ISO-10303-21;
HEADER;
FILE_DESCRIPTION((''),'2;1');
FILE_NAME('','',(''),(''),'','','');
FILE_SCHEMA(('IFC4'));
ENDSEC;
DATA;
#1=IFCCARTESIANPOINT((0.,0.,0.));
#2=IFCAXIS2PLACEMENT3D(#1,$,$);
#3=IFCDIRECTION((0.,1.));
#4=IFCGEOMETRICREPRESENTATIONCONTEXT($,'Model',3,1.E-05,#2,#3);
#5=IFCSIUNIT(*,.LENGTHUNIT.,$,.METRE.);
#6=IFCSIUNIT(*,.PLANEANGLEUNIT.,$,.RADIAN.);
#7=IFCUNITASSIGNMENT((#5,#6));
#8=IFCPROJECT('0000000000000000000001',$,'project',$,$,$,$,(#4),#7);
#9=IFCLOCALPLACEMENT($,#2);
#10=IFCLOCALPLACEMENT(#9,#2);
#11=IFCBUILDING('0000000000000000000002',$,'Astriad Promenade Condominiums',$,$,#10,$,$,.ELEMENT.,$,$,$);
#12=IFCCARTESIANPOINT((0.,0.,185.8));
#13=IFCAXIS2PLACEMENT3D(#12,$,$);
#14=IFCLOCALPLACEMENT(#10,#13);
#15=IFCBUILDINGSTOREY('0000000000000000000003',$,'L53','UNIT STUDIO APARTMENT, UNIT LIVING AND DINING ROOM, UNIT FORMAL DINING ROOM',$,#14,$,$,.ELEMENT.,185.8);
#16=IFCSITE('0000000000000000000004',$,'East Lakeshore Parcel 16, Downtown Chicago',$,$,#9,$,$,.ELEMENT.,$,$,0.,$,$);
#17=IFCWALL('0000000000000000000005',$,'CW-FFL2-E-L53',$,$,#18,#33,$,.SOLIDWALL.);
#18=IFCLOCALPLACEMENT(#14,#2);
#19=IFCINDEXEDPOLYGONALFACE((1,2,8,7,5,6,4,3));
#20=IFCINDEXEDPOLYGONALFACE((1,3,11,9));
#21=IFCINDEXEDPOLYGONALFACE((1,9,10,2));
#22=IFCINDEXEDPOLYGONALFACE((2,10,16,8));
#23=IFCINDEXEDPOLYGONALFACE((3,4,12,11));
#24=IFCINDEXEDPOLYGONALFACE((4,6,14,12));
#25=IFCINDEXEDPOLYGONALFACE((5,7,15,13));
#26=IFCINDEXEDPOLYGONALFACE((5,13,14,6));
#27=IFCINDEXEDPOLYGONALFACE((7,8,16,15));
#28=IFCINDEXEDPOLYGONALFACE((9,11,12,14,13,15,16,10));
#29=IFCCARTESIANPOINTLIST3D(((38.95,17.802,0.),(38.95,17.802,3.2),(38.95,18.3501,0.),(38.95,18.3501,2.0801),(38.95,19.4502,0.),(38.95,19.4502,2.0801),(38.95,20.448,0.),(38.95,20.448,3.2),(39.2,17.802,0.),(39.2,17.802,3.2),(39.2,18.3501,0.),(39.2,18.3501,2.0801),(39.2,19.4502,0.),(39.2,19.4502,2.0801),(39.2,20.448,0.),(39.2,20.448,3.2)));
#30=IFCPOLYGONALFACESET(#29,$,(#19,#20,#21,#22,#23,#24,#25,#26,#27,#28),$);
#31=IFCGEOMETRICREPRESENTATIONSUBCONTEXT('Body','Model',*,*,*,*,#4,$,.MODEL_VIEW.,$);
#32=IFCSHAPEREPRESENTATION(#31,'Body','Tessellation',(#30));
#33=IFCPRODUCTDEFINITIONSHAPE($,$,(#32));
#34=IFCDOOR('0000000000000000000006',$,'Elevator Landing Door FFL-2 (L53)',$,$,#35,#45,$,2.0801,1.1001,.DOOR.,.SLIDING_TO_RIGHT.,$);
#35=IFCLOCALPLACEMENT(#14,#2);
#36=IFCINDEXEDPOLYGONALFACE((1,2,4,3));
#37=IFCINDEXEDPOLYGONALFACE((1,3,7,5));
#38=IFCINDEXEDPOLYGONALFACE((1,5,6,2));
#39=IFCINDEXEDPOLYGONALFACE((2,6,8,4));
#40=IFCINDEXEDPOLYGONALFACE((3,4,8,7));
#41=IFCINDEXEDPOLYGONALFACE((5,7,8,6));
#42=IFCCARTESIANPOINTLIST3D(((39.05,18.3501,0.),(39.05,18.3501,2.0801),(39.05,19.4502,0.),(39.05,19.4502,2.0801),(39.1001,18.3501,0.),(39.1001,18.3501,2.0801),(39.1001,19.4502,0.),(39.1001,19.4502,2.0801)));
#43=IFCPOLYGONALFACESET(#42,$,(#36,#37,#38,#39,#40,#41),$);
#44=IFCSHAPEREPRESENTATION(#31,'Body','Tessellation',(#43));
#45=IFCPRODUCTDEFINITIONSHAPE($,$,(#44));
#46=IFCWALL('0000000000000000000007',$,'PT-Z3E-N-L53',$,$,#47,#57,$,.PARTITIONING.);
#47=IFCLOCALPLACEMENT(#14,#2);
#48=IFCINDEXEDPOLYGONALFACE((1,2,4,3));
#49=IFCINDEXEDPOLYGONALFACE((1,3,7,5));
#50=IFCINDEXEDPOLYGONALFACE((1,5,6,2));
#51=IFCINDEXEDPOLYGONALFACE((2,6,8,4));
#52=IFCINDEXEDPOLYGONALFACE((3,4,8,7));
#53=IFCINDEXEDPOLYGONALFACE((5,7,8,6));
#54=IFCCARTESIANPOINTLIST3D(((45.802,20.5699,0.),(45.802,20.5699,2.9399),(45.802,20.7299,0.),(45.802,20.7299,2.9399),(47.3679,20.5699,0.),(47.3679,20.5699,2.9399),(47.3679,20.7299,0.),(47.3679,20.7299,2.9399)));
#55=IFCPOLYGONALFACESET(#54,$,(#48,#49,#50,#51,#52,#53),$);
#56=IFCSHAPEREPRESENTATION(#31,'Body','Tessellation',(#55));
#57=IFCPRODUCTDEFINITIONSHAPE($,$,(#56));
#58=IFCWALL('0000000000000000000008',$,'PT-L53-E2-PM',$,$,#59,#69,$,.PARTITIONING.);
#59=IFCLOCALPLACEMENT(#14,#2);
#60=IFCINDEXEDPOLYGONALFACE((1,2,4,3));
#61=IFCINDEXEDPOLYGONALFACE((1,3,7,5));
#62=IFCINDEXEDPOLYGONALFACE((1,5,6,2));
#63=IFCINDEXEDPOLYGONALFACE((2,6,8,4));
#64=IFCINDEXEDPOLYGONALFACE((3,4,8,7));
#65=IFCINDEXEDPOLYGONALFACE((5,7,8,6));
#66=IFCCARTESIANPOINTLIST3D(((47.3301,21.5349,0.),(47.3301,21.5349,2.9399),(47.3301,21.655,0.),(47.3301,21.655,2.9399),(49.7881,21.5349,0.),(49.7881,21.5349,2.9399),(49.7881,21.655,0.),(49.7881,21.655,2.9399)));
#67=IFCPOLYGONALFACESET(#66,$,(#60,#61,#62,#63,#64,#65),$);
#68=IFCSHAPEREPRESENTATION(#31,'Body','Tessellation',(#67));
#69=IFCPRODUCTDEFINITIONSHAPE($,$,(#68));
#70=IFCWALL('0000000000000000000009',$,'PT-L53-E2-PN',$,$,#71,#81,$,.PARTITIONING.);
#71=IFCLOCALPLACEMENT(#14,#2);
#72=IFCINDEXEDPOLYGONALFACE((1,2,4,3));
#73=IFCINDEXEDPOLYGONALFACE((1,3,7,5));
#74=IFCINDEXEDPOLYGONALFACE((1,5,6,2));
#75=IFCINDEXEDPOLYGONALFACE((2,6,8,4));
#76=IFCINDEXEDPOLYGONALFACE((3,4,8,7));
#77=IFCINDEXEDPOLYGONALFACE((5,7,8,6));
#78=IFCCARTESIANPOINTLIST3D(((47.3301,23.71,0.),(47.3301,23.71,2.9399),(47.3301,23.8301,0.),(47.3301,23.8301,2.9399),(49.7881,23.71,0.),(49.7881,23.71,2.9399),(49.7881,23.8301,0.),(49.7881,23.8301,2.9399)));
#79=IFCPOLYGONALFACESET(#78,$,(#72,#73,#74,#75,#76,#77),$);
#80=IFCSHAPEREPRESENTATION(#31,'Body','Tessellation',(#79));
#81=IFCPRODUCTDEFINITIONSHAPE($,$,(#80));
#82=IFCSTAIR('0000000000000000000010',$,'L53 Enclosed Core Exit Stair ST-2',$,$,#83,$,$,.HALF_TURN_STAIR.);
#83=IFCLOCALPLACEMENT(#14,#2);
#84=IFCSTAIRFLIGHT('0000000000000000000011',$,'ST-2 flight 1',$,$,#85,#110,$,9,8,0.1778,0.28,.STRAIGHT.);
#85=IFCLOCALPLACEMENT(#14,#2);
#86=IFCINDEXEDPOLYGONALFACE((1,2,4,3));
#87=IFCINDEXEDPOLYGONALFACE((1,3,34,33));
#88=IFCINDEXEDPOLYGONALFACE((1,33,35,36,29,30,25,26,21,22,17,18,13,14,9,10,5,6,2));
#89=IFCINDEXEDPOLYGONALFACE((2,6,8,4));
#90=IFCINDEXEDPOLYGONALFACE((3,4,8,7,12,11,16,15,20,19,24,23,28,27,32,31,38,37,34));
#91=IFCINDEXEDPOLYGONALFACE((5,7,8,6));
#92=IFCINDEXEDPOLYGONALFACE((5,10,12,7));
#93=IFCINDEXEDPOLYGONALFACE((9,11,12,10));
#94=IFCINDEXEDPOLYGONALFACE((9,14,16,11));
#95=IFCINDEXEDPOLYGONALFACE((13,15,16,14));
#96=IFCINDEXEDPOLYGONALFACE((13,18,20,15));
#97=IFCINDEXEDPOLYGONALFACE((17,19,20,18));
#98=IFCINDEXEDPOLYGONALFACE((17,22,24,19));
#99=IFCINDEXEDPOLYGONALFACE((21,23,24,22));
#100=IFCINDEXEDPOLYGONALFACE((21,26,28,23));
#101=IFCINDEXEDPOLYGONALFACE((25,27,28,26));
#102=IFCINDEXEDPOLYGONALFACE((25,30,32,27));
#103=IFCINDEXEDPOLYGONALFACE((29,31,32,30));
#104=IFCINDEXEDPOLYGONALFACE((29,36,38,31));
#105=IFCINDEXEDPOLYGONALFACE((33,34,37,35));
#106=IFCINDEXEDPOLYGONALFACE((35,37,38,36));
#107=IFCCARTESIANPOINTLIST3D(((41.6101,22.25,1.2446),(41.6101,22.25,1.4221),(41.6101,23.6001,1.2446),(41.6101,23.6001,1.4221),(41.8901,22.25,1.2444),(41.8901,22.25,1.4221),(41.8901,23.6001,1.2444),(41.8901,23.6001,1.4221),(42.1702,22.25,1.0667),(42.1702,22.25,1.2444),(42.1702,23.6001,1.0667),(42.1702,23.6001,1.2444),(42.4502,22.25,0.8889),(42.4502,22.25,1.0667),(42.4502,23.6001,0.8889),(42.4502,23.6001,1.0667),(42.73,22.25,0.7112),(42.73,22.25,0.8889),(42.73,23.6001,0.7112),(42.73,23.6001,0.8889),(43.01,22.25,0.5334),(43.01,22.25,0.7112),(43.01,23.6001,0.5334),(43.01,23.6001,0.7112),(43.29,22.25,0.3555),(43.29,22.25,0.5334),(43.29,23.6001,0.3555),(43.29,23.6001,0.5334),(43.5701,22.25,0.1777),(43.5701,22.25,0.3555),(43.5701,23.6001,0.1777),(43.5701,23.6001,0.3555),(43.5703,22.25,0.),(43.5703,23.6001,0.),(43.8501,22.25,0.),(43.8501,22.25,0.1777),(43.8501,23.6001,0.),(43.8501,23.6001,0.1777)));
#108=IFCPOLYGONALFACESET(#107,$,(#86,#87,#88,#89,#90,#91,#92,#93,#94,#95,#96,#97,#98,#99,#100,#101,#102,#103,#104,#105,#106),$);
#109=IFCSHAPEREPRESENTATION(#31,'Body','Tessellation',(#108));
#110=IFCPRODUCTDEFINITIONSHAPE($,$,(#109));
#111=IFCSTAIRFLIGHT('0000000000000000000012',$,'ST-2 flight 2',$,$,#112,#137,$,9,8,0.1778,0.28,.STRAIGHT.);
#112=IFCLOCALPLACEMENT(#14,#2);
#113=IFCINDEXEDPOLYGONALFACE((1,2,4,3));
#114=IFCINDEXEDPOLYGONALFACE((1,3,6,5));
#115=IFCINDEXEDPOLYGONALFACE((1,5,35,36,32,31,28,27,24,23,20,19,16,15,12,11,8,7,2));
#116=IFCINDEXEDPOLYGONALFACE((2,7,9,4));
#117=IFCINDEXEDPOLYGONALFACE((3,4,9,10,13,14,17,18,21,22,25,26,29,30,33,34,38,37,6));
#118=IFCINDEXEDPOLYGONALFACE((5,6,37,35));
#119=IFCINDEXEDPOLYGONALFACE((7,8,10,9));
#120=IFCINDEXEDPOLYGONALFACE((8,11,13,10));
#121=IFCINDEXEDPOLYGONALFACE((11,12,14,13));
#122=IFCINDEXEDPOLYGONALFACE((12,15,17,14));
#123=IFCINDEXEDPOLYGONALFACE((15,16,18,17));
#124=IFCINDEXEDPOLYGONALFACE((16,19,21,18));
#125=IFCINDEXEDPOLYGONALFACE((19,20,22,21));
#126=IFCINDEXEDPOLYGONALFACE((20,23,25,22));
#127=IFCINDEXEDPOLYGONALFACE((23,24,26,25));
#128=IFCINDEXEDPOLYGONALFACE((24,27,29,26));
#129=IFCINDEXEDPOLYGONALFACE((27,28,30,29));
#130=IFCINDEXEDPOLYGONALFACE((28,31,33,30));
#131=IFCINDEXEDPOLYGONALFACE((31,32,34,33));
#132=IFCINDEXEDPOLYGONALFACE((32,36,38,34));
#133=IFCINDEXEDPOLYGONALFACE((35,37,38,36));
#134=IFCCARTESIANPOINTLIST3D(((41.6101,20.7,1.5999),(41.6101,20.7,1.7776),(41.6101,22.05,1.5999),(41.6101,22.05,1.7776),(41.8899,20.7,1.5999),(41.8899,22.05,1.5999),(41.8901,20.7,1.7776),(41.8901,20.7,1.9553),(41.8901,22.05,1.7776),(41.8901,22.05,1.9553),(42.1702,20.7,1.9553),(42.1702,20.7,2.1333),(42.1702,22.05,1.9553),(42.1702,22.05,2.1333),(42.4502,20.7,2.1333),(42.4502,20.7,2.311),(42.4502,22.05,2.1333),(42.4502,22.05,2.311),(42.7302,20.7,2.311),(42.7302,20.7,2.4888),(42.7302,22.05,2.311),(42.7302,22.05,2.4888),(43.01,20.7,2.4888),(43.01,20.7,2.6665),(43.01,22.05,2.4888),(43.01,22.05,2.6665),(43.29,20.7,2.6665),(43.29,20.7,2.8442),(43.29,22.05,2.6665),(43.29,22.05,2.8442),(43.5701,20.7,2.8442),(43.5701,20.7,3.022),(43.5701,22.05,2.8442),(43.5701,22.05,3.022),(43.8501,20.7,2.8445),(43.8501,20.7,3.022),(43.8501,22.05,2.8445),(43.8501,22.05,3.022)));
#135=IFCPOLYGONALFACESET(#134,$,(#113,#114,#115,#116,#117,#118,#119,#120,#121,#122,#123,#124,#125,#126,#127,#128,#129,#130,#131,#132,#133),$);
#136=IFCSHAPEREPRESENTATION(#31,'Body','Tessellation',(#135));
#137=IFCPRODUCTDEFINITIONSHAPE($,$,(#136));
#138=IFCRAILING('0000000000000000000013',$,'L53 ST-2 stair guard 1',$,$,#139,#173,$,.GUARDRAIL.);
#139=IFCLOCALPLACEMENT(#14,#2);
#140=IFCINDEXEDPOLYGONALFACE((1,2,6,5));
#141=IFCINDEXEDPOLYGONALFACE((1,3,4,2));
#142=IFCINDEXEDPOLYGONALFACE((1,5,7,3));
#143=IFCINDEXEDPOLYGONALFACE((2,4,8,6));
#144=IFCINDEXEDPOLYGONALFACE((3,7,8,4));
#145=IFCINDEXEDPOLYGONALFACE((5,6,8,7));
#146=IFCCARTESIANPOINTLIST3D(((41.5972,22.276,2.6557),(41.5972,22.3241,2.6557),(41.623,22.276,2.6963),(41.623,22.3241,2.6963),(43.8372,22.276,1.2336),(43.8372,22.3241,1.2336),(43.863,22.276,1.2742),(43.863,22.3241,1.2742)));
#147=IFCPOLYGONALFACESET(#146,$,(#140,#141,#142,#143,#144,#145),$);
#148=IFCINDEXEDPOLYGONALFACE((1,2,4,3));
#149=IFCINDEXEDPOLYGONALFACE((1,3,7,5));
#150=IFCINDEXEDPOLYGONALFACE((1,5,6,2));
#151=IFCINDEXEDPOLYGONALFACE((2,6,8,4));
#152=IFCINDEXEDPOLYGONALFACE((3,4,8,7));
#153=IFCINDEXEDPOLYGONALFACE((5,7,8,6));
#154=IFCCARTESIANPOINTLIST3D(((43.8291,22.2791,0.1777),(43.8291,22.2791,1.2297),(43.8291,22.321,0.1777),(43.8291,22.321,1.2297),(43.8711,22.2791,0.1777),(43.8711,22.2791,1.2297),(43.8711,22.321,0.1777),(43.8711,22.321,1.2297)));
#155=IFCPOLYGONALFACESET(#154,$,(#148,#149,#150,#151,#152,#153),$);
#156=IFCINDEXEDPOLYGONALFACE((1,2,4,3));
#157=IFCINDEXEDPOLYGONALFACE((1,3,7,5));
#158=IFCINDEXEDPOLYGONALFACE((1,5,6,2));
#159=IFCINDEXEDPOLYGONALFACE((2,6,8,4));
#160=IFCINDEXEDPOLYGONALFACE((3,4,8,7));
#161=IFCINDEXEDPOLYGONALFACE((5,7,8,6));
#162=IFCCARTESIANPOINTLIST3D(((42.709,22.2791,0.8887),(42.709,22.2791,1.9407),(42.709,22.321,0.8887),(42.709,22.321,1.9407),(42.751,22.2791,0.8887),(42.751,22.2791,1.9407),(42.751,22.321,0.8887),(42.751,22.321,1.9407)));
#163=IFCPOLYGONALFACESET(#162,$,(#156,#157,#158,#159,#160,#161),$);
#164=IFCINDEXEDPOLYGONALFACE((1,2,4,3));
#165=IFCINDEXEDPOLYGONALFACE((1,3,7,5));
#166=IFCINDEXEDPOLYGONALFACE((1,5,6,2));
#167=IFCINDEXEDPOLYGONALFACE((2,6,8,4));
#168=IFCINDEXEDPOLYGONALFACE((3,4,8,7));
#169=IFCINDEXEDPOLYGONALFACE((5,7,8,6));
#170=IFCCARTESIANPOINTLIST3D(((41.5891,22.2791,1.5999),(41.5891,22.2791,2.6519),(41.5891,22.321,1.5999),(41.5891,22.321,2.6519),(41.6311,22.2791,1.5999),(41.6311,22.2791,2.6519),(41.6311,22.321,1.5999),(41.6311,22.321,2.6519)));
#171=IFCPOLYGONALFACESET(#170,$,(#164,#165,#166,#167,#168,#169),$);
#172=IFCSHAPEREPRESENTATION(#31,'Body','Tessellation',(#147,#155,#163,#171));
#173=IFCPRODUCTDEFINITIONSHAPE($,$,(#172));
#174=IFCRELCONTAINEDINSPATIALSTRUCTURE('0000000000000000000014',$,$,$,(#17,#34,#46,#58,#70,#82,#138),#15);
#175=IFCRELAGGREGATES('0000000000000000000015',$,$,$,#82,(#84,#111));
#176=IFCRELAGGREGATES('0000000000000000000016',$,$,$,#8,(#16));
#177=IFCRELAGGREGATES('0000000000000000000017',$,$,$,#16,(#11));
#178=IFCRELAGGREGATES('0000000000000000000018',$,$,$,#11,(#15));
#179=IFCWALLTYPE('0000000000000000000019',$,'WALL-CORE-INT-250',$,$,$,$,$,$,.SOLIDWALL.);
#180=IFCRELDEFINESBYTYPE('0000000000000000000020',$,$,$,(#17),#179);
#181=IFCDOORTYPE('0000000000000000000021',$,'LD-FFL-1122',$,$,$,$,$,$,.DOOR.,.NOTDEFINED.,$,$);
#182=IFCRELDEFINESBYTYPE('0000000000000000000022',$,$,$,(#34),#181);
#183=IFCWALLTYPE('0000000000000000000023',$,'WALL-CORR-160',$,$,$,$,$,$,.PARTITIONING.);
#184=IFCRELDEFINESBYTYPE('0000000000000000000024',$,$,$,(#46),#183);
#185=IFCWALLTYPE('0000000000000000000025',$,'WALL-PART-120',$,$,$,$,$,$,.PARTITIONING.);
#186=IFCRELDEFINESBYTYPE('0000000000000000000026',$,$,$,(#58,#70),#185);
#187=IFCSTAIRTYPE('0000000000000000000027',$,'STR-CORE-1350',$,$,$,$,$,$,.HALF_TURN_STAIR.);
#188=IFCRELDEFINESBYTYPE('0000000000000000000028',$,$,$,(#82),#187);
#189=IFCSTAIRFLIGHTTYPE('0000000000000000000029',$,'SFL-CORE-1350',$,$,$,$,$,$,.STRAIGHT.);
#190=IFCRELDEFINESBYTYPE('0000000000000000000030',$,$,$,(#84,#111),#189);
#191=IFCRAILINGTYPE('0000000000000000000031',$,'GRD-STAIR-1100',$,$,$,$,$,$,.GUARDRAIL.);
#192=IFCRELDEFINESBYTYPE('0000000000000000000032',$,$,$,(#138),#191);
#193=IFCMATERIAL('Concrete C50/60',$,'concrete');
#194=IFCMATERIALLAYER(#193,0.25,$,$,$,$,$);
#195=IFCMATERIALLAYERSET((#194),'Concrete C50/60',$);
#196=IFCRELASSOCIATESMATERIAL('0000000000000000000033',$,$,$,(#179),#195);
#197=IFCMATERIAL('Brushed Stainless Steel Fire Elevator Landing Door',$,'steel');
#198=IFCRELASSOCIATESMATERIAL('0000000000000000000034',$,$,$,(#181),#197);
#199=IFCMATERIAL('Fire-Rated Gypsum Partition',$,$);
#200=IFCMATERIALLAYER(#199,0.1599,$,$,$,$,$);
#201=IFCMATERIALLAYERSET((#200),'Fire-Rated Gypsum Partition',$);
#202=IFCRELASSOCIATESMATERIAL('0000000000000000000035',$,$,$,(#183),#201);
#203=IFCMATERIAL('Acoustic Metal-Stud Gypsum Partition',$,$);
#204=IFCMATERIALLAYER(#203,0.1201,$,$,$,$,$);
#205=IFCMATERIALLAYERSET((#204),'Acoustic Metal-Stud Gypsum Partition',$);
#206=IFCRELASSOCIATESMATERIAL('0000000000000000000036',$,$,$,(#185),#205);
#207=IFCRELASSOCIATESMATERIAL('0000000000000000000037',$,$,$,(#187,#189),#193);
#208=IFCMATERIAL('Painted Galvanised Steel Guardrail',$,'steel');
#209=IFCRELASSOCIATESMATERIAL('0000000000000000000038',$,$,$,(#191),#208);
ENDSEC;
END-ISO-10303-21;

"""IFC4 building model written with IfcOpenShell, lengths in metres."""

from ifc_helpers import new_model, si_unit, direction, frame, frame_2d, origin, origin_2d, place, context, subcontext, project, spatial, polyline, rectangle, outline, extrude, source, transform, mapped, material, layer, layer_set, type_object, type_shapes, element, fill, aggregate, save


model = new_model("IFC4")

# Units and contexts
model_context = context("Model", 3, precision=1e-05, world=origin(), true_north=direction((0.0, 1.0)))
body_context = subcontext(model_context, "Body", "Model", "MODEL_VIEW")
ifc_project = project(units=[si_unit("LENGTHUNIT", "METRE"), si_unit("PLANEANGLEUNIT", "RADIAN")], contexts=[model_context])

# Site, building, storey
site_placement = place(None, origin())
site = spatial("IfcSite", under=ifc_project, at=site_placement, Name="East Lakeshore Parcel 16, Downtown Chicago", CompositionType="ELEMENT", RefElevation=0.0)
building_placement = place(site_placement, origin())
building = spatial("IfcBuilding", under=site, at=building_placement, Name="Astriad Promenade Condominiums", CompositionType="ELEMENT")
storey_placement = place(building_placement, frame((0.0, 0.0, 185.8)))
storey = spatial("IfcBuildingStorey", under=building, at=storey_placement, Name="L53", Description="UNIT STUDIO APARTMENT, UNIT LIVING AND DINING ROOM, UNIT FORMAL DINING ROOM", CompositionType="ELEMENT", Elevation=185.8)

# Shared definitions
ifc_material_1 = material(Name="Concrete C50/60", Category="concrete")
ifc_layer_1 = layer(ifc_material_1, 0.25)
ifc_layer_set_1 = layer_set([ifc_layer_1], Name="Concrete C50/60")
wall_type_1 = type_object("IfcWallType", Name="WALL-CORE-INT-250", PredefinedType="SOLIDWALL", material=ifc_layer_set_1)

# Wall, opening, door
wall_1_placement = place(storey_placement, frame((39.075, 17.802, 0.0), z_axis=(0.0, 0.0, 1.0), x_axis=(0.0, 1.0, 0.0)))
wall_1 = element("IfcWall", 1, at=wall_1_placement, inside=storey, type_object=wall_type_1, Name="CW-FFL2-E-L53", PredefinedType="SOLIDWALL", context=body_context, shape_type="SweptSolid", body=[
    extrude(rectangle(XDim=2.646, YDim=0.25, at=frame_2d((1.323, 0.0))), origin(), (0.0, 0.0, 1.0), 3.2),
])
opening_placement = place(wall_1_placement, frame((0.5481, 0.0, 0.0)))
opening = element("IfcOpeningElement", 2, at=opening_placement, cuts=wall_1, PredefinedType="OPENING", context=body_context, shape_type="SweptSolid", body=[
    extrude(rectangle(XDim=1.1001, YDim=2.0801, at=frame_2d((0.55, 1.04))), frame((0.0, 0.135, 0.0), z_axis=(0.0, -1.0, 0.0), x_axis=(1.0, 0.0, 0.0)), (0.0, 0.0, 1.0), 0.27),
])
ifc_material_2 = material(Name="Brushed Stainless Steel Fire Elevator Landing Door", Category="steel")
door_type = type_object("IfcDoorType", Name="LD-FFL-1122", OperationType="NOTDEFINED", PredefinedType="DOOR", material=ifc_material_2)
shared_shape_1 = source(origin(), body_context, "Body", "SweptSolid", [
    extrude(rectangle(XDim=1.1001, YDim=2.0801, at=frame_2d((0.55, 1.04))), frame((0.0, 0.0249, 0.0), z_axis=(0.0, -1.0, 0.0), x_axis=(1.0, 0.0, 0.0)), (0.0, 0.0, 1.0), 0.05),
])
type_shapes(door_type, [shared_shape_1])
door_placement = place(opening_placement, origin())
door = element("IfcDoor", 3, at=door_placement, inside=storey, type_object=door_type, Name="Elevator Landing Door FFL-2 (L53)", OperationType="SLIDING_TO_RIGHT", OverallHeight=2.0801, OverallWidth=1.1001, PredefinedType="DOOR", context=body_context, shape_type="MappedRepresentation", body=[
    mapped(shared_shape_1, transform((0.0, 0.0, 0.0), scale=1.0)),
])
fill(opening, door)

# Walls
ifc_material_3 = material(Name="Fire-Rated Gypsum Partition")
ifc_layer_2 = layer(ifc_material_3, 0.1599)
ifc_layer_set_2 = layer_set([ifc_layer_2], Name="Fire-Rated Gypsum Partition")
wall_type_2 = type_object("IfcWallType", Name="WALL-CORR-160", PredefinedType="PARTITIONING", material=ifc_layer_set_2)
wall_2_placement = place(storey_placement, frame((45.802, 20.6499, 0.0), z_axis=(0.0, 0.0, 1.0), x_axis=(1.0, 0.0, 0.0)))
element("IfcWall", 4, at=wall_2_placement, inside=storey, type_object=wall_type_2, Name="PT-Z3E-N-L53", PredefinedType="PARTITIONING", context=body_context, shape_type="SweptSolid", body=[
    extrude(rectangle(XDim=1.5659, YDim=0.1599, at=frame_2d((0.783, 0.0))), origin(), (0.0, 0.0, 1.0), 2.9399),
])
ifc_material_4 = material(Name="Acoustic Metal-Stud Gypsum Partition")
ifc_layer_3 = layer(ifc_material_4, 0.1201)
ifc_layer_set_3 = layer_set([ifc_layer_3], Name="Acoustic Metal-Stud Gypsum Partition")
wall_type_3 = type_object("IfcWallType", Name="WALL-PART-120", PredefinedType="PARTITIONING", material=ifc_layer_set_3)
for number, where, z_axis, x_axis, name in (
    (5, (47.3301, 21.595, 0.0), (0.0, 0.0, 1.0), (1.0, 0.0, 0.0), "PT-L53-E2-PM"),
    (6, (47.3301, 23.77, 0.0), (0.0, 0.0, 1.0), (1.0, 0.0, 0.0), "PT-L53-E2-PN"),
):
    element("IfcWall", number, at=place(storey_placement, frame(where, z_axis=z_axis, x_axis=x_axis)), inside=storey, type_object=wall_type_3, Name=name, PredefinedType="PARTITIONING", context=body_context, shape_type="SweptSolid", body=[
        extrude(rectangle(XDim=2.458, YDim=0.1201, at=frame_2d((1.229, 0.0))), origin(), (0.0, 0.0, 1.0), 2.9399),
    ])

# Stair, stair flights
stair_type = type_object("IfcStairType", Name="STR-CORE-1350", PredefinedType="HALF_TURN_STAIR", material=ifc_material_1)
stair_placement = place(storey_placement, origin())
stair = element("IfcStair", 7, at=stair_placement, inside=storey, type_object=stair_type, Name="L53 Enclosed Core Exit Stair ST-2", PredefinedType="HALF_TURN_STAIR")
stair_flight_type = type_object("IfcStairFlightType", Name="SFL-CORE-1350", PredefinedType="STRAIGHT", material=ifc_material_1)
shared_shape_2 = source(origin(), body_context, "Body", "SweptSolid", [
    extrude(outline(polyline([(0.0, 0.0), (0.0, 0.1777), (0.28, 0.1777), (0.28, 0.3555), (0.5601, 0.3555), (0.5601, 0.5334), (0.8401, 0.5334), (0.8401, 0.7112), (1.1201, 0.7112), (1.1201, 0.8889), (1.3999, 0.8889), (1.3999, 1.0667), (1.6799, 1.0667), (1.6799, 1.2444), (1.96, 1.2444), (1.96, 1.4221), (2.24, 1.4221), (2.24, 1.6001), (2.24, 1.2446), (0.2798, 0.0), (0.0, 0.0)])), frame((0.0, 0.675, 0.0), z_axis=(0.0, -1.0, 0.0), x_axis=(1.0, 0.0, 0.0)), (0.0, 0.0, 1.0), 1.3501),
])
type_shapes(stair_flight_type, [shared_shape_2])
stair_flight_1_placement = place(storey_placement, frame((43.8501, 22.925, 0.0), z_axis=(0.0, 0.0, 1.0), x_axis=(-1.0, 0.0, 0.0)))
stair_flight_1 = element("IfcStairFlight", 8, at=stair_flight_1_placement, type_object=stair_flight_type, Name="ST-2 flight 1", NumberOfRisers=9, NumberOfTreads=8, PredefinedType="STRAIGHT", RiserHeight=0.1778, TreadLength=0.28, context=body_context, shape_type="MappedRepresentation", body=[
    mapped(shared_shape_2, transform((0.0, 0.0, 0.0), scale=1.0)),
])
stair_flight_2_placement = place(storey_placement, frame((41.6101, 21.375, 1.5999), z_axis=(0.0, 0.0, 1.0), x_axis=(1.0, 0.0, 0.0)))
stair_flight_2 = element("IfcStairFlight", 9, at=stair_flight_2_placement, type_object=stair_flight_type, Name="ST-2 flight 2", NumberOfRisers=9, NumberOfTreads=8, PredefinedType="STRAIGHT", RiserHeight=0.1778, TreadLength=0.28, context=body_context, shape_type="MappedRepresentation", body=[
    mapped(shared_shape_2, transform((0.0, 0.0, 0.0), scale=1.0)),
])
aggregate(stair, [stair_flight_1, stair_flight_2])

# Railing
ifc_material_5 = material(Name="Painted Galvanised Steel Guardrail", Category="steel")
railing_type_1 = type_object("IfcRailingType", Name="GRD-STAIR-1100", PredefinedType="GUARDRAIL", material=ifc_material_5)
shared_shape_3 = source(origin(), body_context, "Body", "SweptSolid", [
    extrude(rectangle(XDim=0.0481, YDim=0.0481, at=origin_2d()), frame((0.0, 0.0, 1.0762), z_axis=(-0.844229, 0.0, 0.535982), x_axis=(0.0, -1.0, 0.0)), (0.0, 0.0, 1.0), 2.6533),
    extrude(rectangle(XDim=0.042, YDim=0.042, at=origin_2d()), origin(), (0.0, 0.0, 1.0), 1.052),
    extrude(rectangle(XDim=0.042, YDim=0.042, at=origin_2d()), frame((-1.1201, 0.0, 0.7109)), (0.0, 0.0, 1.0), 1.052),
    extrude(rectangle(XDim=0.042, YDim=0.042, at=origin_2d()), frame((-2.24, 0.0, 1.4221)), (0.0, 0.0, 1.0), 1.052),
])
railing_1_placement = place(storey_placement, frame((43.8501, 22.3, 0.1777)))
element("IfcRailing", 10, at=railing_1_placement, inside=storey, type_object=railing_type_1, Name="L53 ST-2 stair guard 1", PredefinedType="GUARDRAIL", context=body_context, shape_type="MappedRepresentation", body=[
    mapped(shared_shape_3, transform((0.0, 0.0, 0.0), scale=1.0)),
])

save(model, "model.ifc")
